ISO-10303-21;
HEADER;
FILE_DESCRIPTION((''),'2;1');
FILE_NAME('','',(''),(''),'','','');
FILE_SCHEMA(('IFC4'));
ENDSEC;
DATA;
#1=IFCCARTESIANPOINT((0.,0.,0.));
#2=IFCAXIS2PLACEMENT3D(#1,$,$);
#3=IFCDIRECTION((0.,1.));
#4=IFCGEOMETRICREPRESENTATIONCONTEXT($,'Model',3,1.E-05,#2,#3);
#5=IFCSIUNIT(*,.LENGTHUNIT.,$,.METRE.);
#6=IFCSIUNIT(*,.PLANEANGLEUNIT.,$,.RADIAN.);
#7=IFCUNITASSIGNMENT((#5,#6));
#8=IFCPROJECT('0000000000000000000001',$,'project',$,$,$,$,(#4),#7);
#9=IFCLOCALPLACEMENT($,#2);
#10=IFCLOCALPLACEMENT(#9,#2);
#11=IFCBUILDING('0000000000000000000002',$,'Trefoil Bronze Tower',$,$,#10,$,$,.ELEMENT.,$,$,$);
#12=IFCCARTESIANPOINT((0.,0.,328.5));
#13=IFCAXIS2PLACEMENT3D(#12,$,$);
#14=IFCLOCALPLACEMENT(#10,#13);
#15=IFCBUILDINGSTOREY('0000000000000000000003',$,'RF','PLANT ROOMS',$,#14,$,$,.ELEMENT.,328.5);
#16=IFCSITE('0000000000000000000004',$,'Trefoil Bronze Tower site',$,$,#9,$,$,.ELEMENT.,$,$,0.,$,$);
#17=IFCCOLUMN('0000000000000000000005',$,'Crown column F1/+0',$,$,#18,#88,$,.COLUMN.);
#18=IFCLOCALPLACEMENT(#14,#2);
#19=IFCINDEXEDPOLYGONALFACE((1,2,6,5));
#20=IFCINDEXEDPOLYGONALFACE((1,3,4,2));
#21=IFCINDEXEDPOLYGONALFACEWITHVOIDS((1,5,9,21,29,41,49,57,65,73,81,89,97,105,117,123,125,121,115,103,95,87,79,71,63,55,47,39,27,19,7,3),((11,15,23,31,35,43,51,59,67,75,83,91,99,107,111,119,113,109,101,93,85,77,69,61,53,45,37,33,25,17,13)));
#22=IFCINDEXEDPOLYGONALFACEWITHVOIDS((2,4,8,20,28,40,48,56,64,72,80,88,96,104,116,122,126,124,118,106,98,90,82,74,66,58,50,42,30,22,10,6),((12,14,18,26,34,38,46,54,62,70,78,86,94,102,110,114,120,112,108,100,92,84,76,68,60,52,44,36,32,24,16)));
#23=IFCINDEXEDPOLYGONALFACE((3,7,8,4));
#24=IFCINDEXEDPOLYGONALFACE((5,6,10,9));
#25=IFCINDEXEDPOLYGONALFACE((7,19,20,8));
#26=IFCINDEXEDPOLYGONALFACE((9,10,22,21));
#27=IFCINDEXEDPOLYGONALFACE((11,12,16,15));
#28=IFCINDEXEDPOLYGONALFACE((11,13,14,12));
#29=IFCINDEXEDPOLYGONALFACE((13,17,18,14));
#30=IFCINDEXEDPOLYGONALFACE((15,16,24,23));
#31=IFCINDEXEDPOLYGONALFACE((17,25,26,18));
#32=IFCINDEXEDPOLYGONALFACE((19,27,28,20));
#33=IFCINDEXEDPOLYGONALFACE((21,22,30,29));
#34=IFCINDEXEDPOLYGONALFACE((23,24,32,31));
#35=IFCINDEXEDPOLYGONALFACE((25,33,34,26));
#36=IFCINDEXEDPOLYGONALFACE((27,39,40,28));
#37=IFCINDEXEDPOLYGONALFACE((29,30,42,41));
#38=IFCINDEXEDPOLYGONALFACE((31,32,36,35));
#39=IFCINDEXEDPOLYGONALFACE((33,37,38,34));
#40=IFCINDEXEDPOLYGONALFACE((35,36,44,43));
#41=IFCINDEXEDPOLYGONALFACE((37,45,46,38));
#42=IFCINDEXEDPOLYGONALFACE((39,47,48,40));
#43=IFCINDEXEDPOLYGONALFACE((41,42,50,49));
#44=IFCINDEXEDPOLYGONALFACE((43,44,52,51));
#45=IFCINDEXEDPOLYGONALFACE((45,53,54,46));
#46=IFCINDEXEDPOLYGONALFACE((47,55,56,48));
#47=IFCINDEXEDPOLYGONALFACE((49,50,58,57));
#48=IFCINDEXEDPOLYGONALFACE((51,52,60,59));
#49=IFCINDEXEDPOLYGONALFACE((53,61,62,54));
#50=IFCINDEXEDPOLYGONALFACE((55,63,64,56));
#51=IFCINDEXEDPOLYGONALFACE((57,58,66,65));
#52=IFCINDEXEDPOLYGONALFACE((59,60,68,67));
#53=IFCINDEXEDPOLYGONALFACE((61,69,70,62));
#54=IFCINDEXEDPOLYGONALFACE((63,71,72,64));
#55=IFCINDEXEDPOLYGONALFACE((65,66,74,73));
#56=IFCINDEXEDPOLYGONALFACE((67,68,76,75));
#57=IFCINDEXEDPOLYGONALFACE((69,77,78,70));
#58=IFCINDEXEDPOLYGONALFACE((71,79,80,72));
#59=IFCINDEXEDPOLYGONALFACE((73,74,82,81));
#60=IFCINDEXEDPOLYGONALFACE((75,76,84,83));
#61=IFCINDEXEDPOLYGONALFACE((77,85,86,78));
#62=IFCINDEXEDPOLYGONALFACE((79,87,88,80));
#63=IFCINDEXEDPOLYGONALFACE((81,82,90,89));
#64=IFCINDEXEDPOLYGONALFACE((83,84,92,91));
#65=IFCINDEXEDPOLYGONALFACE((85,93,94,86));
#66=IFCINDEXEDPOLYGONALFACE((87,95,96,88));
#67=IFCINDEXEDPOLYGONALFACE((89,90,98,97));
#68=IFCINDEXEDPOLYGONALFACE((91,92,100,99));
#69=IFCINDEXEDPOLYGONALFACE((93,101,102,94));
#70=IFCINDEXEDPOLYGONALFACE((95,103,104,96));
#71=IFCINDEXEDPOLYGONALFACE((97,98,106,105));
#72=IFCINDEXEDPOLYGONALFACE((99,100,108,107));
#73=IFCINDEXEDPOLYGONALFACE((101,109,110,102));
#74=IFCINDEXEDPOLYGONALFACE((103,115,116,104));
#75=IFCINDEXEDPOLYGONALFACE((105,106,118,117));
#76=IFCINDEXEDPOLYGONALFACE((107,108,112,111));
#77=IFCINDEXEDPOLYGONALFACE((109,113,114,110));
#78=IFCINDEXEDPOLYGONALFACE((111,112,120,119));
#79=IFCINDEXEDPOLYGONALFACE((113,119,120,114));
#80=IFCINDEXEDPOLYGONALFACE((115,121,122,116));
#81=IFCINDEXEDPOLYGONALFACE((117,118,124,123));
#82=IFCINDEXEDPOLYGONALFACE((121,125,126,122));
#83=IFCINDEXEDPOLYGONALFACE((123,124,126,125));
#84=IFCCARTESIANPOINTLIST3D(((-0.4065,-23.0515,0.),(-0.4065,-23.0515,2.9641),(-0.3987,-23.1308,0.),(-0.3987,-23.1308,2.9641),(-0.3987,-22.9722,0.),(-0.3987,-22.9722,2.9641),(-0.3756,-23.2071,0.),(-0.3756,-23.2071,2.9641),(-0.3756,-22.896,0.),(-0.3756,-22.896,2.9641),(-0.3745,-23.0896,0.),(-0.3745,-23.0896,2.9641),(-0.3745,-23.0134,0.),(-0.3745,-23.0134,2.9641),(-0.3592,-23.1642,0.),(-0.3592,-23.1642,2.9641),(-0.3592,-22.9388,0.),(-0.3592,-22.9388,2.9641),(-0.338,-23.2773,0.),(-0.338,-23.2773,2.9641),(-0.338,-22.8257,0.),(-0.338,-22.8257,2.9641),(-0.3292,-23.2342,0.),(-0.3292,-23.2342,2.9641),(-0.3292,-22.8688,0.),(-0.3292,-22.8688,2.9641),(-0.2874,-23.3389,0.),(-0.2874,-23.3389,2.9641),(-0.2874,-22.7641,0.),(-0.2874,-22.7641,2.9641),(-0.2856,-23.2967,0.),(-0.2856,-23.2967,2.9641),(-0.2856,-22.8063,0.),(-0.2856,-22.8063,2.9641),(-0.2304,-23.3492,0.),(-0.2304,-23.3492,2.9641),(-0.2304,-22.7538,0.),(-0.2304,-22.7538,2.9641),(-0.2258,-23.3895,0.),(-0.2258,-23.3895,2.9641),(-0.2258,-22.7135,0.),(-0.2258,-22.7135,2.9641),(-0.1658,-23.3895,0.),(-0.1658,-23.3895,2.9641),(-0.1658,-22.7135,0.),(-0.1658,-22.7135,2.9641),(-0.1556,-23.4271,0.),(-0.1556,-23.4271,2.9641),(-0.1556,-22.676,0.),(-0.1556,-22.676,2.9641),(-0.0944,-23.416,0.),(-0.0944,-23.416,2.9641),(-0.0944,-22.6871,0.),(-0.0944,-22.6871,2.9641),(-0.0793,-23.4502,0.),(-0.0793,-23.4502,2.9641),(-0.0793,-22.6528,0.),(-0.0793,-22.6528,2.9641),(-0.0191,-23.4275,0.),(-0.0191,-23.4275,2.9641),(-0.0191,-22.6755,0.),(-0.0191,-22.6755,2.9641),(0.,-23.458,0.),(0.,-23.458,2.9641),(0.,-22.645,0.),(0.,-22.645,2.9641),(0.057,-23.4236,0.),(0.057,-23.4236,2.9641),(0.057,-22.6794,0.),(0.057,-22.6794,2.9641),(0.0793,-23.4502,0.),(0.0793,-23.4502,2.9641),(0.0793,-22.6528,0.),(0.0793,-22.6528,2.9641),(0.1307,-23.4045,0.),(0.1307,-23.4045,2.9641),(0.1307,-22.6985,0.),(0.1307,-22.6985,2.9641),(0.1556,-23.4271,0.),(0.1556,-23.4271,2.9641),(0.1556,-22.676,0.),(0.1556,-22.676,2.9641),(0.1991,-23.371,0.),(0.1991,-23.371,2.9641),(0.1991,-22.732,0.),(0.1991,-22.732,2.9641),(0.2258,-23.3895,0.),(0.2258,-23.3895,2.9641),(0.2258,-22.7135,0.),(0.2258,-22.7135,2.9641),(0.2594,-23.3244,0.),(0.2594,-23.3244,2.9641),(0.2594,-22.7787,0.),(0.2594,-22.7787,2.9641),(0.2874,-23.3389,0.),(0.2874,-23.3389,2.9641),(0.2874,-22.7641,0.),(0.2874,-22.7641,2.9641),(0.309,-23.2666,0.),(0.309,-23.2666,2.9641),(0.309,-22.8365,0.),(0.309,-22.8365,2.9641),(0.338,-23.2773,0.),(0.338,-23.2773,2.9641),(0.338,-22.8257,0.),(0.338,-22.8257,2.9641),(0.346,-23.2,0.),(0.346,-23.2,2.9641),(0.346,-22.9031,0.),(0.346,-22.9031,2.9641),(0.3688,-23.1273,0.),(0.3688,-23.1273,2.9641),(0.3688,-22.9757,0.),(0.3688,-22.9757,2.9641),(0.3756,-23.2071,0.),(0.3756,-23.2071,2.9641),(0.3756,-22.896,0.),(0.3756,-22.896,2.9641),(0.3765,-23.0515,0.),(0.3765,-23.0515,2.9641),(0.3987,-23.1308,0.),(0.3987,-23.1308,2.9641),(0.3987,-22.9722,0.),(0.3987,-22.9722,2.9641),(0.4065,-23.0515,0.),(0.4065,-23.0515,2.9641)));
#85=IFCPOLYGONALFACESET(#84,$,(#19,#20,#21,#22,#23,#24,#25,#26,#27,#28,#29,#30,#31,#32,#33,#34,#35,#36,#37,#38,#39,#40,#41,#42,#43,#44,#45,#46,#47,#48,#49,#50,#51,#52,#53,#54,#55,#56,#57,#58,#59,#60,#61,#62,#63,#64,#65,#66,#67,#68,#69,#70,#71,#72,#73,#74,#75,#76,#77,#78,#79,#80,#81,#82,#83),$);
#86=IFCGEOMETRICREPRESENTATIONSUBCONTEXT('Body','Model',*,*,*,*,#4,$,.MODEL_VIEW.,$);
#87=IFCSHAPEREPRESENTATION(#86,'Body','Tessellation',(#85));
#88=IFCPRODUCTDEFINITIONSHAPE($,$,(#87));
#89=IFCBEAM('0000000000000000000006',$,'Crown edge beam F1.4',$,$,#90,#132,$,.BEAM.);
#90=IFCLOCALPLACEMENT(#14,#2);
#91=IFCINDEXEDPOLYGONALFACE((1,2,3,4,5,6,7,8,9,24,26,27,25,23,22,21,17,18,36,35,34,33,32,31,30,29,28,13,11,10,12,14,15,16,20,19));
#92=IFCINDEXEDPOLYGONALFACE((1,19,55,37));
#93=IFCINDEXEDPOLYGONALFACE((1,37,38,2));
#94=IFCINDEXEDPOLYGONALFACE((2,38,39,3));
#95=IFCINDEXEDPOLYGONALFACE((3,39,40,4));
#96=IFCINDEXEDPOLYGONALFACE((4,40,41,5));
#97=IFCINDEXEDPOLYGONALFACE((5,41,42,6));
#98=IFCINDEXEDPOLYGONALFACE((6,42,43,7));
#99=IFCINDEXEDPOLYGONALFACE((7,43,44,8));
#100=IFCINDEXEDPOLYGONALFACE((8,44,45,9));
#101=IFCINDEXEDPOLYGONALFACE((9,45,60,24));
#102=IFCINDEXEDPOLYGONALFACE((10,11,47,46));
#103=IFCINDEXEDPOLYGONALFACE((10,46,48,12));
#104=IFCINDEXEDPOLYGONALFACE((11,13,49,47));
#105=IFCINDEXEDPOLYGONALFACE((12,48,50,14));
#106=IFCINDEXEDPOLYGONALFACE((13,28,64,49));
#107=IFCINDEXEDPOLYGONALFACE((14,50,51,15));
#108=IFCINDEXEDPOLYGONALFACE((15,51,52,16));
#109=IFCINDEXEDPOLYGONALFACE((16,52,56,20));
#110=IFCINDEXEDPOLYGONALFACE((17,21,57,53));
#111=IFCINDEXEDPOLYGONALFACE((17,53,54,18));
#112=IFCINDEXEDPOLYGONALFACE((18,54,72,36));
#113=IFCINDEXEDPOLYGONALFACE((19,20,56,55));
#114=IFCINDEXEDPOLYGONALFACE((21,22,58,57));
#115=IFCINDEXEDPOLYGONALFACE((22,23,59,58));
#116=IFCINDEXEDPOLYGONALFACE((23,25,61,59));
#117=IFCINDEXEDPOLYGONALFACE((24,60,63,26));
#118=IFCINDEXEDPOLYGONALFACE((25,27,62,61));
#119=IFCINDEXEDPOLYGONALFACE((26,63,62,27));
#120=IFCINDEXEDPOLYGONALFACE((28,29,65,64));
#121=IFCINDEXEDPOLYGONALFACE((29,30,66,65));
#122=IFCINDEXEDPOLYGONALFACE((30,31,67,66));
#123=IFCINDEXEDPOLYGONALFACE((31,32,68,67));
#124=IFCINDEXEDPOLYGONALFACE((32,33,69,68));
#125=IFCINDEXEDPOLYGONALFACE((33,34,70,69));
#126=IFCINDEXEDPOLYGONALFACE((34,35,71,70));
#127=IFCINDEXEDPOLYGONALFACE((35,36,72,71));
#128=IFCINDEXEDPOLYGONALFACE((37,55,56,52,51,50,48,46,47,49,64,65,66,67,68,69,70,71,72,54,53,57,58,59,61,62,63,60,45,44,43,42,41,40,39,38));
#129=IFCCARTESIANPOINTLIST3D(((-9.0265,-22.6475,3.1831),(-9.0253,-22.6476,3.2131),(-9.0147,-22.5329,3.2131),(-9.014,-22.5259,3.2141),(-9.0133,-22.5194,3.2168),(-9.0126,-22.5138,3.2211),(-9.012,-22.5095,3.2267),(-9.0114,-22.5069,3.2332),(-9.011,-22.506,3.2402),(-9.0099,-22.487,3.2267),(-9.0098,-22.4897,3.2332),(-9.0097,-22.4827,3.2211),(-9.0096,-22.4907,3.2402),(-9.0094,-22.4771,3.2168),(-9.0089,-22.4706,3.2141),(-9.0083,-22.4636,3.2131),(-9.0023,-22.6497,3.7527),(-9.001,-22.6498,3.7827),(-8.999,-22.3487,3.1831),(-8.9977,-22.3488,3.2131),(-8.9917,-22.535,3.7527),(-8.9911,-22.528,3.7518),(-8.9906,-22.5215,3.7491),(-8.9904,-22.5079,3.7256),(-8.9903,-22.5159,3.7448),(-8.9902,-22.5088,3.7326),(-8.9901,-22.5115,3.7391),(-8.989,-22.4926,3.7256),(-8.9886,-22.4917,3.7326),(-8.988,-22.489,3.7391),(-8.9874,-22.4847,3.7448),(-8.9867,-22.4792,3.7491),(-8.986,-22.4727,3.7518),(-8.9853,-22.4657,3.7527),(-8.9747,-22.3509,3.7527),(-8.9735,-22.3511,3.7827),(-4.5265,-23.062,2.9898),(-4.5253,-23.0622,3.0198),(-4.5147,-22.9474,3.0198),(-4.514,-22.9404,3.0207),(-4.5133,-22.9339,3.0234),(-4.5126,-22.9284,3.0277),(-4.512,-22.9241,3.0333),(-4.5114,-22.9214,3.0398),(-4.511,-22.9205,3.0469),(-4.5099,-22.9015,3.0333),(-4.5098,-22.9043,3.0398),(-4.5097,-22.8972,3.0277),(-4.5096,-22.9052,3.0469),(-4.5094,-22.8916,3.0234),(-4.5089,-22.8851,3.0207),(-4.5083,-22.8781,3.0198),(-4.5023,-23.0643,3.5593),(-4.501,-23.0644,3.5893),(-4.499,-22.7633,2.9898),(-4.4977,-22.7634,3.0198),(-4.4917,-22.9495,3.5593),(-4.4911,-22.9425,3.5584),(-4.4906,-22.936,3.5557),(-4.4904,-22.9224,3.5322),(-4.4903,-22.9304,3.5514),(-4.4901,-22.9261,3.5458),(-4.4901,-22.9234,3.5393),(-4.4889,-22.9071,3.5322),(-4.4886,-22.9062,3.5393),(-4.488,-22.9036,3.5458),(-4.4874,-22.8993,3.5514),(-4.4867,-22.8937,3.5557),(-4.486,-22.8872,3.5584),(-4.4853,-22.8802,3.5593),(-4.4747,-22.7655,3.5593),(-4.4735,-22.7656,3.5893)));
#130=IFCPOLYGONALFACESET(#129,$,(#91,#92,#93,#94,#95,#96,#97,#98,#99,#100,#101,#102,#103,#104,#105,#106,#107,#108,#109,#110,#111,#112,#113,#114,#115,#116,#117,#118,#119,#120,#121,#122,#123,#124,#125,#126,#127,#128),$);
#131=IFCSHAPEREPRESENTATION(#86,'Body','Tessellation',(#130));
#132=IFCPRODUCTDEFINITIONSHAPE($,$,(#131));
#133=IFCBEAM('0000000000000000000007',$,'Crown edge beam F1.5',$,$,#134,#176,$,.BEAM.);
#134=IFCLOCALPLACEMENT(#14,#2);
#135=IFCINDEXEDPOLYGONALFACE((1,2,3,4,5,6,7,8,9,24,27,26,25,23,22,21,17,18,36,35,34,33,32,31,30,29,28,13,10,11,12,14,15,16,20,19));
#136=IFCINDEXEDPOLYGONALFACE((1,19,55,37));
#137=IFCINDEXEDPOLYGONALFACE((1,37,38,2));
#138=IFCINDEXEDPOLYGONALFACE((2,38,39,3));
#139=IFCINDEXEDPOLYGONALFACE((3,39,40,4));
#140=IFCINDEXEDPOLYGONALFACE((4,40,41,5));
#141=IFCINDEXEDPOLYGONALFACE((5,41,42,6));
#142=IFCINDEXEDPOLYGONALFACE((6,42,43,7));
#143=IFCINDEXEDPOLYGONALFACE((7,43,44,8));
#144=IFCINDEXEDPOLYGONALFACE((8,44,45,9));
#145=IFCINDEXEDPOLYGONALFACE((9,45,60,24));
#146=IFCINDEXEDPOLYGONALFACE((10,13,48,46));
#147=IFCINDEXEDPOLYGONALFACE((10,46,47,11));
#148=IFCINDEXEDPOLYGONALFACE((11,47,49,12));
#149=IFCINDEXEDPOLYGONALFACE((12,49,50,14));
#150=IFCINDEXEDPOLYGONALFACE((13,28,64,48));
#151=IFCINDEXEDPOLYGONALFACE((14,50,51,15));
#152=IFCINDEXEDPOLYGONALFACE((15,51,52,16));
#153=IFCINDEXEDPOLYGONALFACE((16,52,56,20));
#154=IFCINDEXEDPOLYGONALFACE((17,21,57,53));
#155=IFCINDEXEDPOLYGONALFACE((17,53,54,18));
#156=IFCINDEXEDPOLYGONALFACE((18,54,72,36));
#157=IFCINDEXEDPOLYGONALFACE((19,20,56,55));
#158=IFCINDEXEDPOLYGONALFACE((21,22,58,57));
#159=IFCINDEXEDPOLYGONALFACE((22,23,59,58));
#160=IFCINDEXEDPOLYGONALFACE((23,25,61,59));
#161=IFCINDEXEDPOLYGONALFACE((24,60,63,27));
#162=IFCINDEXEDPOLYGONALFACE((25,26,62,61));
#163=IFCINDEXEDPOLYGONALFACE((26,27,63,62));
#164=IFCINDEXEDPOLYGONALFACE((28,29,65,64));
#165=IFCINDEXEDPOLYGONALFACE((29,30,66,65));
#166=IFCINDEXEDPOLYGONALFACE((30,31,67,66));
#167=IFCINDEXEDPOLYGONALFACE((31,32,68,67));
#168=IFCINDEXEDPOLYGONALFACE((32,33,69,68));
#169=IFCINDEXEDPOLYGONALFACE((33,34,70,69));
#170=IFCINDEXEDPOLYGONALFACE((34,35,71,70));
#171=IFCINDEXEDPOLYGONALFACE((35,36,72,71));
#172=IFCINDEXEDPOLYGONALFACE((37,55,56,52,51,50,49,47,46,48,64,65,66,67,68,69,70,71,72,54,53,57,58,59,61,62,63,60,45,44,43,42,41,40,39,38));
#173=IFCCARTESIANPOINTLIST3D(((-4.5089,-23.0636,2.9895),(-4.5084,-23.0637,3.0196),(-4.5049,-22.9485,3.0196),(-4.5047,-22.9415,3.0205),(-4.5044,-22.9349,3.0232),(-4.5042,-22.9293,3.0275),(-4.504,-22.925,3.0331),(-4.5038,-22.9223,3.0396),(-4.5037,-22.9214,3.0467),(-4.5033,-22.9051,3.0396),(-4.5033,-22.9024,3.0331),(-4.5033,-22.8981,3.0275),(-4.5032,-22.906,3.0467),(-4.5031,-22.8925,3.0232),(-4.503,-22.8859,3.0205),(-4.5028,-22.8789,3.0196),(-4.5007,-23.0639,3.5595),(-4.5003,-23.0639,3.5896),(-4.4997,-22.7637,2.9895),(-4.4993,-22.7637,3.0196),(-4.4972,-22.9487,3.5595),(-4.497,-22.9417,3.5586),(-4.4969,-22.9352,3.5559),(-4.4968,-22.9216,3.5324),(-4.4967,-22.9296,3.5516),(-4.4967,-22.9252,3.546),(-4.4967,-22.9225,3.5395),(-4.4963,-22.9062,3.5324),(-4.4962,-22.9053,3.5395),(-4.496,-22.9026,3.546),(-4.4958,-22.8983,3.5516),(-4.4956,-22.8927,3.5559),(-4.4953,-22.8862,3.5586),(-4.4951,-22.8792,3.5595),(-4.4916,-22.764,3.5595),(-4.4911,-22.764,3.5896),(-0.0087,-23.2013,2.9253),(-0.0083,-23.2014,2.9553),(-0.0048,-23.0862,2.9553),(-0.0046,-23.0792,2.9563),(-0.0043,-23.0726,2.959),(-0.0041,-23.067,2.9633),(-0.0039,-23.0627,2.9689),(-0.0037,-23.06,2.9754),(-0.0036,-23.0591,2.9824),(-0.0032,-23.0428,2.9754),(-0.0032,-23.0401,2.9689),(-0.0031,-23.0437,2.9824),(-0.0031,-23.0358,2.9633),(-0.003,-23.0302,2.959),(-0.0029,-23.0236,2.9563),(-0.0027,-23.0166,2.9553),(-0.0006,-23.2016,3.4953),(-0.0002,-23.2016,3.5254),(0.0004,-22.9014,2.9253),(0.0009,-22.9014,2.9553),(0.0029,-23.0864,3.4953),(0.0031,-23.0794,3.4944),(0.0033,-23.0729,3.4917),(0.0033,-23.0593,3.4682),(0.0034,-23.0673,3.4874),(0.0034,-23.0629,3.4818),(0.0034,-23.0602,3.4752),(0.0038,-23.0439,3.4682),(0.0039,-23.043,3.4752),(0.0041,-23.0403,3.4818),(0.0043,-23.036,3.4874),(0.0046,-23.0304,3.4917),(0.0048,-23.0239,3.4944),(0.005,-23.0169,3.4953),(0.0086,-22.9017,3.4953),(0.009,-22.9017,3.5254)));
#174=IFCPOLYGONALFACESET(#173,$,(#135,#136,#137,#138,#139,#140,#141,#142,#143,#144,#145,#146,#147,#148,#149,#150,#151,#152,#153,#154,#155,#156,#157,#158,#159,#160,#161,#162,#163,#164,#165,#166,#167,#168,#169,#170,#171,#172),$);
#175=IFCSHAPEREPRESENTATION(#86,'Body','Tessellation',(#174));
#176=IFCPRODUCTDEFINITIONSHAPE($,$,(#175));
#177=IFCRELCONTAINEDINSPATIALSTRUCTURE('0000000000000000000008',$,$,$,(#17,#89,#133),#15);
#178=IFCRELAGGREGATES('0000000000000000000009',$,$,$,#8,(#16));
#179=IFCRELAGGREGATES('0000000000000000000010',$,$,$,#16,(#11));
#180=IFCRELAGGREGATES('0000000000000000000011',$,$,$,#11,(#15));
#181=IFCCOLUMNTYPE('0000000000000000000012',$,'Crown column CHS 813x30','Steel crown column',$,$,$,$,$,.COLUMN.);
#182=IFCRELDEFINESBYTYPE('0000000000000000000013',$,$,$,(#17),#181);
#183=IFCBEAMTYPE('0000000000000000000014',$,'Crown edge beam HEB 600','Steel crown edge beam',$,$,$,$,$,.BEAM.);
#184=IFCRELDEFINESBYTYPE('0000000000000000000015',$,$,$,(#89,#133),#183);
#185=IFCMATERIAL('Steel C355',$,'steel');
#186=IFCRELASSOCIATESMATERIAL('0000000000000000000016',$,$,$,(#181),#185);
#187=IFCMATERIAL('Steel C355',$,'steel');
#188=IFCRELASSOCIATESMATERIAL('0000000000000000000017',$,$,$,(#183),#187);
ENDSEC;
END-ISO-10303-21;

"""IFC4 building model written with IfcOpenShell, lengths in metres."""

from ifc_helpers import new_model, si_unit, direction, frame, origin, origin_2d, place, context, subcontext, project, spatial, hollow_circle, i_section, extrude, material, material_profile, profile_set, type_object, element, save


model = new_model("IFC4")

# Units and contexts
model_context = context("Model", 3, precision=1e-05, world=origin(), true_north=direction((0.0, 1.0)))
body_context = subcontext(model_context, "Body", "Model", "MODEL_VIEW")
ifc_project = project(units=[si_unit("LENGTHUNIT", "METRE"), si_unit("PLANEANGLEUNIT", "RADIAN")], contexts=[model_context])

# Site, building, storey
site_placement = place(None, origin())
site = spatial("IfcSite", under=ifc_project, at=site_placement, Name="Trefoil Bronze Tower site", CompositionType="ELEMENT", RefElevation=0.0)
building_placement = place(site_placement, origin())
building = spatial("IfcBuilding", under=site, at=building_placement, Name="Trefoil Bronze Tower", CompositionType="ELEMENT")
storey_placement = place(building_placement, frame((0.0, 0.0, 328.5)))
storey = spatial("IfcBuildingStorey", under=building, at=storey_placement, Name="RF", Description="PLANT ROOMS", CompositionType="ELEMENT", Elevation=328.5)

# Column
ifc_material_1 = material(Name="Steel C355", Category="steel")
ifc_material_profile_1 = material_profile(ifc_material_1, hollow_circle(Radius=0.4065, WallThickness=0.03, at=origin_2d()), Name="CHS 813x30")
ifc_profile_set_1 = profile_set([ifc_material_profile_1], Name="Steel C355")
column_type = type_object("IfcColumnType", Name="Crown column CHS 813x30", Description="Steel crown column", PredefinedType="COLUMN", material=ifc_profile_set_1)
column_1_placement = place(storey_placement, frame((0.0, -23.0515, 0.0), z_axis=(0.0, 0.0, 1.0), x_axis=(1.0, 0.0, 0.0)))
element("IfcColumn", 1, at=column_1_placement, inside=storey, type_object=column_type, Name="Crown column F1/+0", PredefinedType="COLUMN", context=body_context, shape_type="SweptSolid", body=[
    extrude(hollow_circle(Radius=0.4065, WallThickness=0.03, at=origin_2d()), origin(), (0.0, 0.0, 1.0), 2.9641),
])

# Beams
ifc_material_2 = material(Name="Steel C355", Category="steel")
ifc_material_profile_2 = material_profile(ifc_material_2, i_section(OverallWidth=0.3, OverallDepth=0.6001, WebThickness=0.0154, FlangeThickness=0.03, FilletRadius=0.0271, at=origin_2d()), Name="HEB 600")
ifc_profile_set_2 = profile_set([ifc_material_profile_2], Name="Steel C355")
beam_type_1 = type_object("IfcBeamType", Name="Crown edge beam HEB 600", Description="Steel crown edge beam", PredefinedType="BEAM", material=ifc_profile_set_2)
beam_1_placement = place(storey_placement, frame((-9.0, -22.4993, 3.4829), z_axis=(0.994873, -0.09165, -0.042748), x_axis=(0.091734, 0.995784, 0.0)))
element("IfcBeam", 2, at=beam_1_placement, inside=storey, type_object=beam_type_1, Name="Crown edge beam F1.4", PredefinedType="BEAM", context=body_context, shape_type="SweptSolid", body=[
    extrude(i_section(OverallWidth=0.3, OverallDepth=0.6001, WebThickness=0.0154, FlangeThickness=0.03, FilletRadius=0.0271, at=origin_2d()), origin(), (0.0, 0.0, 1.0), 4.5232),
])
for number, where, z_axis, x_axis, name in (
    (3, (-4.5, -22.9138, 3.2896), (0.999431, -0.030582, -0.014261), (0.030585, 0.999532, 0.0), "Crown edge beam F1.5"),
):
    element("IfcBeam", number, at=place(storey_placement, frame(where, z_axis=z_axis, x_axis=x_axis)), inside=storey, type_object=beam_type_1, Name=name, PredefinedType="BEAM", context=body_context, shape_type="SweptSolid", body=[
        extrude(i_section(OverallWidth=0.3, OverallDepth=0.6001, WebThickness=0.0154, FlangeThickness=0.03, FilletRadius=0.0271, at=origin_2d()), origin(), (0.0, 0.0, 1.0), 4.5027),
    ])

save(model, "model.ifc")
